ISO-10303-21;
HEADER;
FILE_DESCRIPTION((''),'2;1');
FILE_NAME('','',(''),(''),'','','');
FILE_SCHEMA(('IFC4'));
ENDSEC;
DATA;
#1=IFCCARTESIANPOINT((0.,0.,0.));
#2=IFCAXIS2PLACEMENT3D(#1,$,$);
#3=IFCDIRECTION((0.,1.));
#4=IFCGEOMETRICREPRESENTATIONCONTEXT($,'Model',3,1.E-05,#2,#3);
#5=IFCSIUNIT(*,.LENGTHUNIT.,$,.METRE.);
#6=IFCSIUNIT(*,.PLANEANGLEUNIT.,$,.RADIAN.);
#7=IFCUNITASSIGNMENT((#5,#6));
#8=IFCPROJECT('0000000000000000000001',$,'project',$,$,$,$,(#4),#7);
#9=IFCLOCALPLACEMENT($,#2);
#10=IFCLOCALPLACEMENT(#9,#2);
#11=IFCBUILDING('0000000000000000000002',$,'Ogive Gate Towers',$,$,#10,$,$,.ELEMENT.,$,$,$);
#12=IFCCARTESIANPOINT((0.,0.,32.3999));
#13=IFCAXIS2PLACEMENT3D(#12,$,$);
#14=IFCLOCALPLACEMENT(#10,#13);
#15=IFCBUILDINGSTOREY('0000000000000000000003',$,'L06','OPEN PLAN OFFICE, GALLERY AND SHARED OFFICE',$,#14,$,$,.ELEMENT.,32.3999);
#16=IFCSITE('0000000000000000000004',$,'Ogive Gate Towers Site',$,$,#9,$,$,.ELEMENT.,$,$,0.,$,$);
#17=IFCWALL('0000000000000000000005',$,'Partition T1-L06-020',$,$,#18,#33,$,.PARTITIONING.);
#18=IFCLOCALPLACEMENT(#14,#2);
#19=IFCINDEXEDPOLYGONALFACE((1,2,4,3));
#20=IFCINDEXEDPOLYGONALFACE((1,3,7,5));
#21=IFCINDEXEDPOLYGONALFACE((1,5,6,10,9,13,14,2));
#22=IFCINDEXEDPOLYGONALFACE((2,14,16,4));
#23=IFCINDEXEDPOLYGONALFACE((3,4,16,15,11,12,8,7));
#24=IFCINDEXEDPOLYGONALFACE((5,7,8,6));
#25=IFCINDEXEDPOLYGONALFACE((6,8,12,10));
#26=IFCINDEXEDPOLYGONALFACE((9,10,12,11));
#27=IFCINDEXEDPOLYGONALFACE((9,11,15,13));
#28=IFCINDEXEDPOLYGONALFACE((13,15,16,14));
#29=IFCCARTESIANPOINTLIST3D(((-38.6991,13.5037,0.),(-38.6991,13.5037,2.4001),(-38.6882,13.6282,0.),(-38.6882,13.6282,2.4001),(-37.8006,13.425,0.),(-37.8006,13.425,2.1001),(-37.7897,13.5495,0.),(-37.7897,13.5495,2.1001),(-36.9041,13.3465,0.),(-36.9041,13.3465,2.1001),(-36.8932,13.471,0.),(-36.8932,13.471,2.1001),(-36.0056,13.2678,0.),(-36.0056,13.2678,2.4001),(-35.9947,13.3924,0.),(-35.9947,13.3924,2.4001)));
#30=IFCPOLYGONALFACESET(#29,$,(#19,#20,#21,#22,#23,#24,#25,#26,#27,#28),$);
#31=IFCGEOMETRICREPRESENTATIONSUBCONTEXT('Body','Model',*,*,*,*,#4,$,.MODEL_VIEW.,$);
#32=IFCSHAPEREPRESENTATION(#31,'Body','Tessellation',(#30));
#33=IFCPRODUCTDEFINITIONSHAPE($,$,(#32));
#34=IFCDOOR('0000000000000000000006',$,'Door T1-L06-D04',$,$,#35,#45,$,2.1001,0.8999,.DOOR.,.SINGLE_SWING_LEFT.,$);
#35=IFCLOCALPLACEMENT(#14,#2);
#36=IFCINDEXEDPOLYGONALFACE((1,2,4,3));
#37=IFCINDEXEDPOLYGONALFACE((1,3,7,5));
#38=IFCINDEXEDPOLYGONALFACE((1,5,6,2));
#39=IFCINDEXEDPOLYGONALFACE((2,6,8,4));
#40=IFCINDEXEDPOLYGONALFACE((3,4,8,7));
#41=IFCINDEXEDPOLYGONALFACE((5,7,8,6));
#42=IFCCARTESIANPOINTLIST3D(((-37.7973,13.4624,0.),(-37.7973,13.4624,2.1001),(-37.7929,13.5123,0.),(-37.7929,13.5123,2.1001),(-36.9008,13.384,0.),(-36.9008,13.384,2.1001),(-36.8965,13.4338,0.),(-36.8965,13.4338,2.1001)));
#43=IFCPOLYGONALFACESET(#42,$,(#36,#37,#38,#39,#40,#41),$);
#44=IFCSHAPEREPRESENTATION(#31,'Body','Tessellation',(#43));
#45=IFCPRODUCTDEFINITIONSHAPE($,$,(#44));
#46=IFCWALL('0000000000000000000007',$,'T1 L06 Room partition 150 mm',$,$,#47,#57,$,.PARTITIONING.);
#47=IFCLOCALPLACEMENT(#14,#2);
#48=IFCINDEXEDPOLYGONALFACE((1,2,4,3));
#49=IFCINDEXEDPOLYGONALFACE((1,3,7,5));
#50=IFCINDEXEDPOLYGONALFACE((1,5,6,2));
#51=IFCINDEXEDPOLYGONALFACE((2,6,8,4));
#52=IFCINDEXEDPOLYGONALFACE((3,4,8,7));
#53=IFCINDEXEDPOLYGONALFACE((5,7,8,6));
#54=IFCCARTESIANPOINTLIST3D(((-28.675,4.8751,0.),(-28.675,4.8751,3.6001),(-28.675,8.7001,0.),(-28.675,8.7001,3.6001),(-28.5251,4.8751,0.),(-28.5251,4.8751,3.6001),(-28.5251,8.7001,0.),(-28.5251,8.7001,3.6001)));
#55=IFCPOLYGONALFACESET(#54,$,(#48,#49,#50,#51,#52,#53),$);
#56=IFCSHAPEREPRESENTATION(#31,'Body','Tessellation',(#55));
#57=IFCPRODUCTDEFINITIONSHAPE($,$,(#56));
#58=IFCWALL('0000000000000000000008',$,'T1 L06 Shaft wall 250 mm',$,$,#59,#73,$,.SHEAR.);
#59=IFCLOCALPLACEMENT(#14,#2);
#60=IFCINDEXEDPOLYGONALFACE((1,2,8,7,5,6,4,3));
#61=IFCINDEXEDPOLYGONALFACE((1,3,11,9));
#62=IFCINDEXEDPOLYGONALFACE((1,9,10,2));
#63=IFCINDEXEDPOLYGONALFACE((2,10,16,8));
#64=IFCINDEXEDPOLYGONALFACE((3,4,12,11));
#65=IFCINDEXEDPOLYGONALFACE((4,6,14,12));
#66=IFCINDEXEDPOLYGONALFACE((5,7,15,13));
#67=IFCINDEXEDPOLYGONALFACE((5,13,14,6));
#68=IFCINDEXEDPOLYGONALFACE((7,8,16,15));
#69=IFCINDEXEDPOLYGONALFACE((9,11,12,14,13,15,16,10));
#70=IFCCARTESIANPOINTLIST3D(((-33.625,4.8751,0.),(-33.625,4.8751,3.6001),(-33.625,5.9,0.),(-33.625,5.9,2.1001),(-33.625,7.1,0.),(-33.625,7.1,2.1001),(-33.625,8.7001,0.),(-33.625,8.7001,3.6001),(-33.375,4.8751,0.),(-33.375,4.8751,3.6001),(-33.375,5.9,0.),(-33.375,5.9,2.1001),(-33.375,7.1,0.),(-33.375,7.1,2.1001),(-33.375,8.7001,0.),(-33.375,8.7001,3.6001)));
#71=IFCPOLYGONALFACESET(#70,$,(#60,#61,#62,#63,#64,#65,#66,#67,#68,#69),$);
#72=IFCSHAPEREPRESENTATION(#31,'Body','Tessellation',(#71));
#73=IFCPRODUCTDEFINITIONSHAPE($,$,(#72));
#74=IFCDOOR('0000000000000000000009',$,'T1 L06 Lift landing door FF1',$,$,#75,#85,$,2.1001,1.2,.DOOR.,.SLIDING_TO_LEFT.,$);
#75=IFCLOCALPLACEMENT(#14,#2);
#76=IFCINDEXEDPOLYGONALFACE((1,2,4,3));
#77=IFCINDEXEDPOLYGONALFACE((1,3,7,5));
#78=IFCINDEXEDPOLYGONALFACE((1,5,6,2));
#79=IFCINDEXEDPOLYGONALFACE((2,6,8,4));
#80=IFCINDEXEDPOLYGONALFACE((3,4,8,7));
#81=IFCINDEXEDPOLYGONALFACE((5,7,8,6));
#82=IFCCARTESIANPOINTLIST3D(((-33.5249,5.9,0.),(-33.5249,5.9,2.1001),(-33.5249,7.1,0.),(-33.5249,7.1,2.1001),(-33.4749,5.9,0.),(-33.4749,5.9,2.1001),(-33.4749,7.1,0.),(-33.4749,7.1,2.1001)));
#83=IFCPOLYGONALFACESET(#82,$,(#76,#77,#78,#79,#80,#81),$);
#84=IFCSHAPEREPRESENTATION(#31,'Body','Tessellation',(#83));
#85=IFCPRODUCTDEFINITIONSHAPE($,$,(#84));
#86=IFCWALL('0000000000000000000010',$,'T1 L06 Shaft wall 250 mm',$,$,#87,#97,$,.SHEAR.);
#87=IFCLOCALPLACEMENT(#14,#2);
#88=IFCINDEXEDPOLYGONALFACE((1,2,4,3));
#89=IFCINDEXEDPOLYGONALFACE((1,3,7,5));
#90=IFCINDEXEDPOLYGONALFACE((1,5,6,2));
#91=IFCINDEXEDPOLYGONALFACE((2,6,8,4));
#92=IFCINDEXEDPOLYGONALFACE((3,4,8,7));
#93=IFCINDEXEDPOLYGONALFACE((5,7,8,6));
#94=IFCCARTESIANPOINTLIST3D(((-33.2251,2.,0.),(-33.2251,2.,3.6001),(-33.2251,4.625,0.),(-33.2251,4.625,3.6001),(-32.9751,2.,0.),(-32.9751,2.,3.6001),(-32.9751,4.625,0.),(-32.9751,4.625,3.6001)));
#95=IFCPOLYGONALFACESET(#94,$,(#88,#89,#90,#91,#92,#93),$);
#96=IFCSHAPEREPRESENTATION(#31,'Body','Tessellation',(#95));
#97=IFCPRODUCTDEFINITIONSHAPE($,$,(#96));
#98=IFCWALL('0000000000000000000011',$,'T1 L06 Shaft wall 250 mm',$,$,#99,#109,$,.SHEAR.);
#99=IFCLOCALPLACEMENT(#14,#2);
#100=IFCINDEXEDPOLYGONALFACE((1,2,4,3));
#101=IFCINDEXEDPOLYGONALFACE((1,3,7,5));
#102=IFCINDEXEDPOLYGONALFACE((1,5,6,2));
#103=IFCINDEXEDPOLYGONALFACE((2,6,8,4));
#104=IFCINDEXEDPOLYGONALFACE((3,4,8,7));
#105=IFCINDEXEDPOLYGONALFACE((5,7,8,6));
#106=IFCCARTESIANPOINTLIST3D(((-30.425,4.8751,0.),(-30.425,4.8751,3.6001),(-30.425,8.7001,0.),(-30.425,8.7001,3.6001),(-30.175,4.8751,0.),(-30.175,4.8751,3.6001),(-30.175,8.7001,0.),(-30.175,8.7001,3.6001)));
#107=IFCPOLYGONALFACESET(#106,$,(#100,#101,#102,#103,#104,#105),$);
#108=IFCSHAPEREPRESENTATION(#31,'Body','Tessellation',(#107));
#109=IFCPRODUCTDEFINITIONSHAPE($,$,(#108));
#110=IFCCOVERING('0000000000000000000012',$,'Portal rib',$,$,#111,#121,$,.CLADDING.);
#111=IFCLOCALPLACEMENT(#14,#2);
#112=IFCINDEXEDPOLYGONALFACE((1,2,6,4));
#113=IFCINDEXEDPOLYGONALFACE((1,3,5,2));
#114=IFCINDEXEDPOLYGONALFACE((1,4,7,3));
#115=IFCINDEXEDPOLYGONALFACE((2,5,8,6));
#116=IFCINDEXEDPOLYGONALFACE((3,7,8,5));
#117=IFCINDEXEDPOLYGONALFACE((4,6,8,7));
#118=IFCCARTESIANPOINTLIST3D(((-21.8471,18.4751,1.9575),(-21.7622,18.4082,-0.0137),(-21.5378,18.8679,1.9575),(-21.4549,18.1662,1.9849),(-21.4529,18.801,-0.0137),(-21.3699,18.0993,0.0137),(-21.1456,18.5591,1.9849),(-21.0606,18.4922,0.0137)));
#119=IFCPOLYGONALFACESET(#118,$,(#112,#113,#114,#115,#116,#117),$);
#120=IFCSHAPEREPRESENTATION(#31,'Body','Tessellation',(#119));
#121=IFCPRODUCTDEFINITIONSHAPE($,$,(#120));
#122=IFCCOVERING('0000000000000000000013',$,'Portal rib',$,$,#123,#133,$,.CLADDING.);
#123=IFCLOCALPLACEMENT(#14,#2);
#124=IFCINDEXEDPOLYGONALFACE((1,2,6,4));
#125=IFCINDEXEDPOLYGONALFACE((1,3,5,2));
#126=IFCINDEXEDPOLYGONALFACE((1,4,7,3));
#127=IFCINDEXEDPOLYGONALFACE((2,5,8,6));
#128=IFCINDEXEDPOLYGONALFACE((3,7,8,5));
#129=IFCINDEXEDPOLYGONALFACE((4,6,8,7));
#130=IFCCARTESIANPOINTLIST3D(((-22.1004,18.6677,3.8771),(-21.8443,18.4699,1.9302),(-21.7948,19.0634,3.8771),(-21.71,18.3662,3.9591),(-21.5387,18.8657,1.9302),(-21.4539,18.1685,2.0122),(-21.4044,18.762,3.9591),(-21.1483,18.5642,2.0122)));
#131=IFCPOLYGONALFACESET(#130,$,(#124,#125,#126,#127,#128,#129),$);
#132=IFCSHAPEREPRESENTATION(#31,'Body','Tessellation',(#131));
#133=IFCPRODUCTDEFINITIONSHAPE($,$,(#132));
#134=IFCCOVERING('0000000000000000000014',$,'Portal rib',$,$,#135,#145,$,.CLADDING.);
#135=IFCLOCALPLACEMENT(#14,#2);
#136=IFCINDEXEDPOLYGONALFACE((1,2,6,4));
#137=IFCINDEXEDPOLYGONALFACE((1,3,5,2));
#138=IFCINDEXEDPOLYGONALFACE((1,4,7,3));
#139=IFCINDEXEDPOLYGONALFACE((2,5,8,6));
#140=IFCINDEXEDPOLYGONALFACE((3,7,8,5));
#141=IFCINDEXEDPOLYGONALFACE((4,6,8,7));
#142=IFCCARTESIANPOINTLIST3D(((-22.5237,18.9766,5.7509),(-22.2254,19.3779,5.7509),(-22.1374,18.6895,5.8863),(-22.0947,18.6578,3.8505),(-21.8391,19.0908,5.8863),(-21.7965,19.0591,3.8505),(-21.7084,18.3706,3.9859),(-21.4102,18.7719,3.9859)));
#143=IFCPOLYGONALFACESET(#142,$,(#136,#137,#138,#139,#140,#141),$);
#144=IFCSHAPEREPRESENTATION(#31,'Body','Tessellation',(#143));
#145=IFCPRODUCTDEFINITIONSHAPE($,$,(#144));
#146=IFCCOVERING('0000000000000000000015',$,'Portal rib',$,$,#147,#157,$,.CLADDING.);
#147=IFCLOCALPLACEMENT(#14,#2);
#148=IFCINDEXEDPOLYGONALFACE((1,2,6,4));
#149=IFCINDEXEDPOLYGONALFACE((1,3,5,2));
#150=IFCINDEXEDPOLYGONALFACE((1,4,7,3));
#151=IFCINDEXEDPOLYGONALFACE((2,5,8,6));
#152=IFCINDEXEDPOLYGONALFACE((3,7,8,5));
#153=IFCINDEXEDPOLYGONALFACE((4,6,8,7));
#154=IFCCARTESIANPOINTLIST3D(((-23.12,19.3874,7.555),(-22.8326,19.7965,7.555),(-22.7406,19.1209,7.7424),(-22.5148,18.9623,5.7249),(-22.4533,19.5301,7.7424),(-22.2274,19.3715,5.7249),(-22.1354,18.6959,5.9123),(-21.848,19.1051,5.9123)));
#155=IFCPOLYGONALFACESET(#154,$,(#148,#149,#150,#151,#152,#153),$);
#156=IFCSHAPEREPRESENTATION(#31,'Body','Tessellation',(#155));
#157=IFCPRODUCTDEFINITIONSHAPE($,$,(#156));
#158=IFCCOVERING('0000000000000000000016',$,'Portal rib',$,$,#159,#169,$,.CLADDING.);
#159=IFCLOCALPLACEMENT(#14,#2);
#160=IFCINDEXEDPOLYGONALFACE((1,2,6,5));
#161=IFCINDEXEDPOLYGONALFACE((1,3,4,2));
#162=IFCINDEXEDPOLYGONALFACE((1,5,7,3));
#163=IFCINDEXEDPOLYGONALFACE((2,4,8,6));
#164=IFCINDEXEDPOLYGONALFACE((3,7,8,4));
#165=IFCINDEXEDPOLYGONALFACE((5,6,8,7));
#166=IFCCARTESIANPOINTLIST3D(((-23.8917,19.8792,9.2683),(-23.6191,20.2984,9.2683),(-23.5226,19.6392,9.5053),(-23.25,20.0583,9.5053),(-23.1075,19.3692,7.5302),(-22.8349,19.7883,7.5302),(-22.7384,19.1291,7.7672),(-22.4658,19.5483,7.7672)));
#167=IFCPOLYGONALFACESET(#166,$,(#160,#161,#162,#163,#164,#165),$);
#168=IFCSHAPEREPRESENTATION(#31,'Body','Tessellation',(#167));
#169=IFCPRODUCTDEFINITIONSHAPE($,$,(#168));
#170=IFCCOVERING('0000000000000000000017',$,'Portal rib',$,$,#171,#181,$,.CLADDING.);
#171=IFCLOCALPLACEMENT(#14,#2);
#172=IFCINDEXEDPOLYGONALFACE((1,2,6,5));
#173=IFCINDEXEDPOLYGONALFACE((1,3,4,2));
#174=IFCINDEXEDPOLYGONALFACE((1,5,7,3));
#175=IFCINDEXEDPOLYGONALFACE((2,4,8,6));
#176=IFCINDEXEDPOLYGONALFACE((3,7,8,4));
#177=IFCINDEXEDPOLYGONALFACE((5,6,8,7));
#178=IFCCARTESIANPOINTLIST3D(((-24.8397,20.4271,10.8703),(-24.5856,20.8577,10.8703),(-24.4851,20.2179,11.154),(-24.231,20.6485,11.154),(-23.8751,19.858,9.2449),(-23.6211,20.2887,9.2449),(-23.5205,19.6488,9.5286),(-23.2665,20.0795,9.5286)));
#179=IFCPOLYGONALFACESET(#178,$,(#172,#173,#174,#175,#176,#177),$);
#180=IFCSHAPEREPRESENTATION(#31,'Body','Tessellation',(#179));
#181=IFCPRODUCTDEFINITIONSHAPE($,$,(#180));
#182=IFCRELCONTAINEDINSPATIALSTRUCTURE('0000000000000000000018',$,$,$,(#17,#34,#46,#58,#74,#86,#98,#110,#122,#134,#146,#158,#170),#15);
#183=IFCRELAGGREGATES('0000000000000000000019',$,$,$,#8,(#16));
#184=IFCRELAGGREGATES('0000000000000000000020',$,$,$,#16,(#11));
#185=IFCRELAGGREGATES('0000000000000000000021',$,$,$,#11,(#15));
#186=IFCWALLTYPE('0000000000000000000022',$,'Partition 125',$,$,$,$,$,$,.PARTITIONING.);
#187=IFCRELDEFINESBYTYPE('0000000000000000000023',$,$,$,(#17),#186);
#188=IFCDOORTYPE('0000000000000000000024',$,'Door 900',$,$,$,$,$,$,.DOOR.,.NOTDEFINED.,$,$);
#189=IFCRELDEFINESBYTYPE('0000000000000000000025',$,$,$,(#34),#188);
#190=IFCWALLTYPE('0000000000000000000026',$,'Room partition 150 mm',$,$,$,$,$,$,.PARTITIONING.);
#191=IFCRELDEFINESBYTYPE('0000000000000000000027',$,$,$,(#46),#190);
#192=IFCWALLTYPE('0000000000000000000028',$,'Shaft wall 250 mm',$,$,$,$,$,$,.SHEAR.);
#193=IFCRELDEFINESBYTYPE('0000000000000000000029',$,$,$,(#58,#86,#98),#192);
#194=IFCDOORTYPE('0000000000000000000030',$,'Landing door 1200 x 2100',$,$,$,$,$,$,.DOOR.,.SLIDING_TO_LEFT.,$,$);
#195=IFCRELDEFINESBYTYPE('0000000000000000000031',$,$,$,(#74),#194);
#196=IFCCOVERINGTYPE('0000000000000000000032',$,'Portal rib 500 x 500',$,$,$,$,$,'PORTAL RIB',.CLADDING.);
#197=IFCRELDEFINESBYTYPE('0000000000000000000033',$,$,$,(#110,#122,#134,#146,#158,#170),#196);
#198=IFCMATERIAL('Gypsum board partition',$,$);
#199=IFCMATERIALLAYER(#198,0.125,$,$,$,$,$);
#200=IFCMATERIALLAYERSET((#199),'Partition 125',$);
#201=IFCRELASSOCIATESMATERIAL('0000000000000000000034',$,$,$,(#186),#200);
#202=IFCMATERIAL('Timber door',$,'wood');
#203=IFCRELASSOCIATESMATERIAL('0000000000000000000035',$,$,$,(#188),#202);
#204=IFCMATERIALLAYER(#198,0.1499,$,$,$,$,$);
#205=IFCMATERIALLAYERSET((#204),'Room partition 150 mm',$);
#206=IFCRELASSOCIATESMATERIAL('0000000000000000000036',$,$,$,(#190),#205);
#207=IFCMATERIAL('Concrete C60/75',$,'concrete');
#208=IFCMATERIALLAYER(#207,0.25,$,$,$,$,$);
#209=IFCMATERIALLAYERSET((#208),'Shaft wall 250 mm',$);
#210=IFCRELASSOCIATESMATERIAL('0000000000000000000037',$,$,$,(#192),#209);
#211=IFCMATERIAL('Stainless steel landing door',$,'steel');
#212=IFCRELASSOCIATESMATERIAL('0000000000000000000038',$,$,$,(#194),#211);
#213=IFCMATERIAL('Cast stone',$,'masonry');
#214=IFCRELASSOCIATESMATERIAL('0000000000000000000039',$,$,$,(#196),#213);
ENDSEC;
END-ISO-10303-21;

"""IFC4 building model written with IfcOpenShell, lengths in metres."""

from ifc_helpers import new_model, si_unit, direction, frame, frame_2d, origin, origin_2d, place, context, subcontext, project, spatial, rectangle, extrude, material, layer, layer_set, material_profile, profile_set, type_object, element, fill, save


model = new_model("IFC4")

# Units and contexts
model_context = context("Model", 3, precision=1e-05, world=origin(), true_north=direction((0.0, 1.0)))
body_context = subcontext(model_context, "Body", "Model", "MODEL_VIEW")
ifc_project = project(units=[si_unit("LENGTHUNIT", "METRE"), si_unit("PLANEANGLEUNIT", "RADIAN")], contexts=[model_context])

# Site, building, storey
site_placement = place(None, origin())
site = spatial("IfcSite", under=ifc_project, at=site_placement, Name="Ogive Gate Towers Site", CompositionType="ELEMENT", RefElevation=0.0)
building_placement = place(site_placement, origin())
building = spatial("IfcBuilding", under=site, at=building_placement, Name="Ogive Gate Towers", CompositionType="ELEMENT")
storey_placement = place(building_placement, frame((0.0, 0.0, 32.3999)))
storey = spatial("IfcBuildingStorey", under=building, at=storey_placement, Name="L06", Description="OPEN PLAN OFFICE, GALLERY AND SHARED OFFICE", CompositionType="ELEMENT", Elevation=32.3999)

# Shared definitions
ifc_material_1 = material(Name="Gypsum board partition")
ifc_layer_1 = layer(ifc_material_1, 0.125)
ifc_layer_set_1 = layer_set([ifc_layer_1], Name="Partition 125")
wall_type_1 = type_object("IfcWallType", Name="Partition 125", PredefinedType="PARTITIONING", material=ifc_layer_set_1)

# Wall, opening, door
ifc_material_2 = material(Name="Timber door", Category="wood")
door_type_1 = type_object("IfcDoorType", Name="Door 900", OperationType="NOTDEFINED", PredefinedType="DOOR", material=ifc_material_2)
wall_1_placement = place(storey_placement, frame((-36.0, 13.3301, 0.0), z_axis=(0.0, 0.0, 1.0), x_axis=(-0.996189, 0.087222, 0.0)))
wall_1 = element("IfcWall", 1, at=wall_1_placement, inside=storey, type_object=wall_type_1, Name="Partition T1-L06-020", PredefinedType="PARTITIONING", context=body_context, shape_type="SweptSolid", body=[
    extrude(rectangle(XDim=2.7039, YDim=0.125, at=frame_2d((1.3521, 0.0))), origin(), (0.0, 0.0, 1.0), 2.4001),
])
opening_1_placement = place(wall_1_placement, frame((0.9021, 0.0, 0.0)))
opening_1 = element("IfcOpeningElement", 2, at=opening_1_placement, cuts=wall_1, PredefinedType="OPENING", context=body_context, shape_type="SweptSolid", body=[
    extrude(rectangle(XDim=0.8999, YDim=2.1001, at=frame_2d((0.45, 1.05))), frame((0.0, 0.0725, 0.0), z_axis=(0.0, -1.0, 0.0), x_axis=(1.0, 0.0, 0.0)), (0.0, 0.0, 1.0), 0.145),
])
door_1_placement = place(opening_1_placement, origin())
door_1 = element("IfcDoor", 3, at=door_1_placement, inside=storey, type_object=door_type_1, Name="Door T1-L06-D04", OperationType="SINGLE_SWING_LEFT", OverallHeight=2.1001, OverallWidth=0.8999, PredefinedType="DOOR", context=body_context, shape_type="SweptSolid", body=[
    extrude(rectangle(XDim=0.8999, YDim=2.1001, at=frame_2d((0.45, 1.05))), frame((0.0, 0.0249, 0.0), z_axis=(0.0, -1.0, 0.0), x_axis=(1.0, 0.0, 0.0)), (0.0, 0.0, 1.0), 0.05),
])
fill(opening_1, door_1)

# Wall
ifc_layer_2 = layer(ifc_material_1, 0.1499)
ifc_layer_set_2 = layer_set([ifc_layer_2], Name="Room partition 150 mm")
wall_type_2 = type_object("IfcWallType", Name="Room partition 150 mm", PredefinedType="PARTITIONING", material=ifc_layer_set_2)
wall_2_placement = place(storey_placement, frame((-28.6001, 4.875, 0.0), z_axis=(0.0, 0.0, 1.0), x_axis=(0.0, 1.0, 0.0)))
element("IfcWall", 4, at=wall_2_placement, inside=storey, type_object=wall_type_2, Name="T1 L06 Room partition 150 mm", PredefinedType="PARTITIONING", context=body_context, shape_type="SweptSolid", body=[
    extrude(rectangle(XDim=3.825, YDim=0.1499, at=frame_2d((1.9126, 0.0))), origin(), (0.0, 0.0, 1.0), 3.6001),
])

# Wall, opening, door
ifc_material_3 = material(Name="Concrete C60/75", Category="concrete")
ifc_layer_3 = layer(ifc_material_3, 0.25)
ifc_layer_set_3 = layer_set([ifc_layer_3], Name="Shaft wall 250 mm")
wall_type_3 = type_object("IfcWallType", Name="Shaft wall 250 mm", PredefinedType="SHEAR", material=ifc_layer_set_3)
wall_3_placement = place(storey_placement, frame((-33.5, 4.875, 0.0), z_axis=(0.0, 0.0, 1.0), x_axis=(0.0, 1.0, 0.0)))
wall_3 = element("IfcWall", 5, at=wall_3_placement, inside=storey, type_object=wall_type_3, Name="T1 L06 Shaft wall 250 mm", PredefinedType="SHEAR", context=body_context, shape_type="SweptSolid", body=[
    extrude(rectangle(XDim=3.825, YDim=0.25, at=frame_2d((1.9126, 0.0))), origin(), (0.0, 0.0, 1.0), 3.6001),
])
opening_2_placement = place(wall_3_placement, frame((1.0249, 0.0, 0.0)))
opening_2 = element("IfcOpeningElement", 6, at=opening_2_placement, cuts=wall_3, PredefinedType="OPENING", context=body_context, shape_type="SweptSolid", body=[
    extrude(rectangle(XDim=1.2, YDim=2.1001, at=frame_2d((0.6001, 1.05))), frame((0.0, 0.135, 0.0), z_axis=(0.0, -1.0, 0.0), x_axis=(1.0, 0.0, 0.0)), (0.0, 0.0, 1.0), 0.27),
])
ifc_material_4 = material(Name="Stainless steel landing door", Category="steel")
door_type_2 = type_object("IfcDoorType", Name="Landing door 1200 x 2100", OperationType="SLIDING_TO_LEFT", PredefinedType="DOOR", material=ifc_material_4)
door_2_placement = place(opening_2_placement, origin())
door_2 = element("IfcDoor", 7, at=door_2_placement, inside=storey, type_object=door_type_2, Name="T1 L06 Lift landing door FF1", OperationType="SLIDING_TO_LEFT", OverallHeight=2.1001, OverallWidth=1.2, PredefinedType="DOOR", context=body_context, shape_type="SweptSolid", body=[
    extrude(rectangle(XDim=1.2, YDim=2.1001, at=frame_2d((0.6001, 1.05))), frame((0.0, 0.0249, 0.0), z_axis=(0.0, -1.0, 0.0), x_axis=(1.0, 0.0, 0.0)), (0.0, 0.0, 1.0), 0.05),
])
fill(opening_2, door_2)

# Walls
wall_4_placement = place(storey_placement, frame((-33.1001, 2.0, 0.0), z_axis=(0.0, 0.0, 1.0), x_axis=(0.0, 1.0, 0.0)))
element("IfcWall", 8, at=wall_4_placement, inside=storey, type_object=wall_type_3, Name="T1 L06 Shaft wall 250 mm", PredefinedType="SHEAR", context=body_context, shape_type="SweptSolid", body=[
    extrude(rectangle(XDim=2.625, YDim=0.25, at=frame_2d((1.3125, 0.0))), origin(), (0.0, 0.0, 1.0), 3.6001),
])
wall_5_placement = place(storey_placement, frame((-30.3, 4.875, 0.0), z_axis=(0.0, 0.0, 1.0), x_axis=(0.0, 1.0, 0.0)))
element("IfcWall", 9, at=wall_5_placement, inside=storey, type_object=wall_type_3, Name="T1 L06 Shaft wall 250 mm", PredefinedType="SHEAR", context=body_context, shape_type="SweptSolid", body=[
    extrude(rectangle(XDim=3.825, YDim=0.25, at=frame_2d((1.9126, 0.0))), origin(), (0.0, 0.0, 1.0), 3.6001),
])

# Coverings
ifc_material_5 = material(Name="Cast stone", Category="masonry")
ifc_material_profile_1 = material_profile(ifc_material_5, rectangle(XDim=0.5, YDim=0.5, at=origin_2d()), Name="500 x 500 cast stone")
ifc_profile_set_1 = profile_set([ifc_material_profile_1], Name="Cast stone")
covering_type = type_object("IfcCoveringType", Name="Portal rib 500 x 500", ElementType="PORTAL RIB", PredefinedType="CLADDING", material=ifc_profile_set_1)
covering_1_placement = place(storey_placement, frame((-21.4114, 18.4502, 0.0), z_axis=(-0.043037, 0.033885, 0.998499), x_axis=(-0.618619, -0.785691, 0.0)))
element("IfcCovering", 10, at=covering_1_placement, inside=storey, type_object=covering_type, Name="Portal rib", PredefinedType="CLADDING", context=body_context, shape_type="SweptSolid", body=[
    extrude(rectangle(XDim=0.5, YDim=0.5, at=origin_2d()), origin(), (0.0, 0.0, 1.0), 1.9741),
])
covering_2_placement = place(storey_placement, frame((-21.4963, 18.5171, 1.9712), z_axis=(-0.129756, 0.100193, 0.986471), x_axis=(-0.611168, -0.791501, 0.0)))
element("IfcCovering", 11, at=covering_2_placement, inside=storey, type_object=covering_type, Name="Portal rib", PredefinedType="CLADDING", context=body_context, shape_type="SweptSolid", body=[
    extrude(rectangle(XDim=0.5, YDim=0.5, at=origin_2d()), origin(), (0.0, 0.0, 1.0), 1.9736),
])
covering_3_placement = place(storey_placement, frame((-21.7524, 18.7148, 3.9182), z_axis=(-0.217289, 0.161514, 0.962652), x_axis=(-0.596559, -0.802569, 0.0)))
element("IfcCovering", 12, at=covering_3_placement, inside=storey, type_object=covering_type, Name="Portal rib", PredefinedType="CLADDING", context=body_context, shape_type="SweptSolid", body=[
    extrude(rectangle(XDim=0.5, YDim=0.5, at=origin_2d()), origin(), (0.0, 0.0, 1.0), 1.9741),
])
for number, where, z_axis, x_axis, name in (
    (13, (-22.1814, 19.0337, 5.8186), (-0.306619, 0.215338, 0.927154), (-0.574725, -0.818347, 0.0), "Portal rib"),
    (14, (-22.7866, 19.4587, 7.6487), (-0.397298, 0.258392, 0.880561), (-0.545208, -0.8383, 0.0), "Portal rib"),
    (15, (-23.5708, 19.9688, 9.3867), (-0.488661, 0.288299, 0.823464), (-0.508134, -0.861278, 0.0), "Portal rib"),
):
    element("IfcCovering", number, at=place(storey_placement, frame(where, z_axis=z_axis, x_axis=x_axis)), inside=storey, type_object=covering_type, Name=name, PredefinedType="CLADDING", context=body_context, shape_type="SweptSolid", body=[
        extrude(rectangle(XDim=0.5, YDim=0.5, at=origin_2d()), origin(), (0.0, 0.0, 1.0), 1.9739),
    ])

save(model, "model.ifc")
